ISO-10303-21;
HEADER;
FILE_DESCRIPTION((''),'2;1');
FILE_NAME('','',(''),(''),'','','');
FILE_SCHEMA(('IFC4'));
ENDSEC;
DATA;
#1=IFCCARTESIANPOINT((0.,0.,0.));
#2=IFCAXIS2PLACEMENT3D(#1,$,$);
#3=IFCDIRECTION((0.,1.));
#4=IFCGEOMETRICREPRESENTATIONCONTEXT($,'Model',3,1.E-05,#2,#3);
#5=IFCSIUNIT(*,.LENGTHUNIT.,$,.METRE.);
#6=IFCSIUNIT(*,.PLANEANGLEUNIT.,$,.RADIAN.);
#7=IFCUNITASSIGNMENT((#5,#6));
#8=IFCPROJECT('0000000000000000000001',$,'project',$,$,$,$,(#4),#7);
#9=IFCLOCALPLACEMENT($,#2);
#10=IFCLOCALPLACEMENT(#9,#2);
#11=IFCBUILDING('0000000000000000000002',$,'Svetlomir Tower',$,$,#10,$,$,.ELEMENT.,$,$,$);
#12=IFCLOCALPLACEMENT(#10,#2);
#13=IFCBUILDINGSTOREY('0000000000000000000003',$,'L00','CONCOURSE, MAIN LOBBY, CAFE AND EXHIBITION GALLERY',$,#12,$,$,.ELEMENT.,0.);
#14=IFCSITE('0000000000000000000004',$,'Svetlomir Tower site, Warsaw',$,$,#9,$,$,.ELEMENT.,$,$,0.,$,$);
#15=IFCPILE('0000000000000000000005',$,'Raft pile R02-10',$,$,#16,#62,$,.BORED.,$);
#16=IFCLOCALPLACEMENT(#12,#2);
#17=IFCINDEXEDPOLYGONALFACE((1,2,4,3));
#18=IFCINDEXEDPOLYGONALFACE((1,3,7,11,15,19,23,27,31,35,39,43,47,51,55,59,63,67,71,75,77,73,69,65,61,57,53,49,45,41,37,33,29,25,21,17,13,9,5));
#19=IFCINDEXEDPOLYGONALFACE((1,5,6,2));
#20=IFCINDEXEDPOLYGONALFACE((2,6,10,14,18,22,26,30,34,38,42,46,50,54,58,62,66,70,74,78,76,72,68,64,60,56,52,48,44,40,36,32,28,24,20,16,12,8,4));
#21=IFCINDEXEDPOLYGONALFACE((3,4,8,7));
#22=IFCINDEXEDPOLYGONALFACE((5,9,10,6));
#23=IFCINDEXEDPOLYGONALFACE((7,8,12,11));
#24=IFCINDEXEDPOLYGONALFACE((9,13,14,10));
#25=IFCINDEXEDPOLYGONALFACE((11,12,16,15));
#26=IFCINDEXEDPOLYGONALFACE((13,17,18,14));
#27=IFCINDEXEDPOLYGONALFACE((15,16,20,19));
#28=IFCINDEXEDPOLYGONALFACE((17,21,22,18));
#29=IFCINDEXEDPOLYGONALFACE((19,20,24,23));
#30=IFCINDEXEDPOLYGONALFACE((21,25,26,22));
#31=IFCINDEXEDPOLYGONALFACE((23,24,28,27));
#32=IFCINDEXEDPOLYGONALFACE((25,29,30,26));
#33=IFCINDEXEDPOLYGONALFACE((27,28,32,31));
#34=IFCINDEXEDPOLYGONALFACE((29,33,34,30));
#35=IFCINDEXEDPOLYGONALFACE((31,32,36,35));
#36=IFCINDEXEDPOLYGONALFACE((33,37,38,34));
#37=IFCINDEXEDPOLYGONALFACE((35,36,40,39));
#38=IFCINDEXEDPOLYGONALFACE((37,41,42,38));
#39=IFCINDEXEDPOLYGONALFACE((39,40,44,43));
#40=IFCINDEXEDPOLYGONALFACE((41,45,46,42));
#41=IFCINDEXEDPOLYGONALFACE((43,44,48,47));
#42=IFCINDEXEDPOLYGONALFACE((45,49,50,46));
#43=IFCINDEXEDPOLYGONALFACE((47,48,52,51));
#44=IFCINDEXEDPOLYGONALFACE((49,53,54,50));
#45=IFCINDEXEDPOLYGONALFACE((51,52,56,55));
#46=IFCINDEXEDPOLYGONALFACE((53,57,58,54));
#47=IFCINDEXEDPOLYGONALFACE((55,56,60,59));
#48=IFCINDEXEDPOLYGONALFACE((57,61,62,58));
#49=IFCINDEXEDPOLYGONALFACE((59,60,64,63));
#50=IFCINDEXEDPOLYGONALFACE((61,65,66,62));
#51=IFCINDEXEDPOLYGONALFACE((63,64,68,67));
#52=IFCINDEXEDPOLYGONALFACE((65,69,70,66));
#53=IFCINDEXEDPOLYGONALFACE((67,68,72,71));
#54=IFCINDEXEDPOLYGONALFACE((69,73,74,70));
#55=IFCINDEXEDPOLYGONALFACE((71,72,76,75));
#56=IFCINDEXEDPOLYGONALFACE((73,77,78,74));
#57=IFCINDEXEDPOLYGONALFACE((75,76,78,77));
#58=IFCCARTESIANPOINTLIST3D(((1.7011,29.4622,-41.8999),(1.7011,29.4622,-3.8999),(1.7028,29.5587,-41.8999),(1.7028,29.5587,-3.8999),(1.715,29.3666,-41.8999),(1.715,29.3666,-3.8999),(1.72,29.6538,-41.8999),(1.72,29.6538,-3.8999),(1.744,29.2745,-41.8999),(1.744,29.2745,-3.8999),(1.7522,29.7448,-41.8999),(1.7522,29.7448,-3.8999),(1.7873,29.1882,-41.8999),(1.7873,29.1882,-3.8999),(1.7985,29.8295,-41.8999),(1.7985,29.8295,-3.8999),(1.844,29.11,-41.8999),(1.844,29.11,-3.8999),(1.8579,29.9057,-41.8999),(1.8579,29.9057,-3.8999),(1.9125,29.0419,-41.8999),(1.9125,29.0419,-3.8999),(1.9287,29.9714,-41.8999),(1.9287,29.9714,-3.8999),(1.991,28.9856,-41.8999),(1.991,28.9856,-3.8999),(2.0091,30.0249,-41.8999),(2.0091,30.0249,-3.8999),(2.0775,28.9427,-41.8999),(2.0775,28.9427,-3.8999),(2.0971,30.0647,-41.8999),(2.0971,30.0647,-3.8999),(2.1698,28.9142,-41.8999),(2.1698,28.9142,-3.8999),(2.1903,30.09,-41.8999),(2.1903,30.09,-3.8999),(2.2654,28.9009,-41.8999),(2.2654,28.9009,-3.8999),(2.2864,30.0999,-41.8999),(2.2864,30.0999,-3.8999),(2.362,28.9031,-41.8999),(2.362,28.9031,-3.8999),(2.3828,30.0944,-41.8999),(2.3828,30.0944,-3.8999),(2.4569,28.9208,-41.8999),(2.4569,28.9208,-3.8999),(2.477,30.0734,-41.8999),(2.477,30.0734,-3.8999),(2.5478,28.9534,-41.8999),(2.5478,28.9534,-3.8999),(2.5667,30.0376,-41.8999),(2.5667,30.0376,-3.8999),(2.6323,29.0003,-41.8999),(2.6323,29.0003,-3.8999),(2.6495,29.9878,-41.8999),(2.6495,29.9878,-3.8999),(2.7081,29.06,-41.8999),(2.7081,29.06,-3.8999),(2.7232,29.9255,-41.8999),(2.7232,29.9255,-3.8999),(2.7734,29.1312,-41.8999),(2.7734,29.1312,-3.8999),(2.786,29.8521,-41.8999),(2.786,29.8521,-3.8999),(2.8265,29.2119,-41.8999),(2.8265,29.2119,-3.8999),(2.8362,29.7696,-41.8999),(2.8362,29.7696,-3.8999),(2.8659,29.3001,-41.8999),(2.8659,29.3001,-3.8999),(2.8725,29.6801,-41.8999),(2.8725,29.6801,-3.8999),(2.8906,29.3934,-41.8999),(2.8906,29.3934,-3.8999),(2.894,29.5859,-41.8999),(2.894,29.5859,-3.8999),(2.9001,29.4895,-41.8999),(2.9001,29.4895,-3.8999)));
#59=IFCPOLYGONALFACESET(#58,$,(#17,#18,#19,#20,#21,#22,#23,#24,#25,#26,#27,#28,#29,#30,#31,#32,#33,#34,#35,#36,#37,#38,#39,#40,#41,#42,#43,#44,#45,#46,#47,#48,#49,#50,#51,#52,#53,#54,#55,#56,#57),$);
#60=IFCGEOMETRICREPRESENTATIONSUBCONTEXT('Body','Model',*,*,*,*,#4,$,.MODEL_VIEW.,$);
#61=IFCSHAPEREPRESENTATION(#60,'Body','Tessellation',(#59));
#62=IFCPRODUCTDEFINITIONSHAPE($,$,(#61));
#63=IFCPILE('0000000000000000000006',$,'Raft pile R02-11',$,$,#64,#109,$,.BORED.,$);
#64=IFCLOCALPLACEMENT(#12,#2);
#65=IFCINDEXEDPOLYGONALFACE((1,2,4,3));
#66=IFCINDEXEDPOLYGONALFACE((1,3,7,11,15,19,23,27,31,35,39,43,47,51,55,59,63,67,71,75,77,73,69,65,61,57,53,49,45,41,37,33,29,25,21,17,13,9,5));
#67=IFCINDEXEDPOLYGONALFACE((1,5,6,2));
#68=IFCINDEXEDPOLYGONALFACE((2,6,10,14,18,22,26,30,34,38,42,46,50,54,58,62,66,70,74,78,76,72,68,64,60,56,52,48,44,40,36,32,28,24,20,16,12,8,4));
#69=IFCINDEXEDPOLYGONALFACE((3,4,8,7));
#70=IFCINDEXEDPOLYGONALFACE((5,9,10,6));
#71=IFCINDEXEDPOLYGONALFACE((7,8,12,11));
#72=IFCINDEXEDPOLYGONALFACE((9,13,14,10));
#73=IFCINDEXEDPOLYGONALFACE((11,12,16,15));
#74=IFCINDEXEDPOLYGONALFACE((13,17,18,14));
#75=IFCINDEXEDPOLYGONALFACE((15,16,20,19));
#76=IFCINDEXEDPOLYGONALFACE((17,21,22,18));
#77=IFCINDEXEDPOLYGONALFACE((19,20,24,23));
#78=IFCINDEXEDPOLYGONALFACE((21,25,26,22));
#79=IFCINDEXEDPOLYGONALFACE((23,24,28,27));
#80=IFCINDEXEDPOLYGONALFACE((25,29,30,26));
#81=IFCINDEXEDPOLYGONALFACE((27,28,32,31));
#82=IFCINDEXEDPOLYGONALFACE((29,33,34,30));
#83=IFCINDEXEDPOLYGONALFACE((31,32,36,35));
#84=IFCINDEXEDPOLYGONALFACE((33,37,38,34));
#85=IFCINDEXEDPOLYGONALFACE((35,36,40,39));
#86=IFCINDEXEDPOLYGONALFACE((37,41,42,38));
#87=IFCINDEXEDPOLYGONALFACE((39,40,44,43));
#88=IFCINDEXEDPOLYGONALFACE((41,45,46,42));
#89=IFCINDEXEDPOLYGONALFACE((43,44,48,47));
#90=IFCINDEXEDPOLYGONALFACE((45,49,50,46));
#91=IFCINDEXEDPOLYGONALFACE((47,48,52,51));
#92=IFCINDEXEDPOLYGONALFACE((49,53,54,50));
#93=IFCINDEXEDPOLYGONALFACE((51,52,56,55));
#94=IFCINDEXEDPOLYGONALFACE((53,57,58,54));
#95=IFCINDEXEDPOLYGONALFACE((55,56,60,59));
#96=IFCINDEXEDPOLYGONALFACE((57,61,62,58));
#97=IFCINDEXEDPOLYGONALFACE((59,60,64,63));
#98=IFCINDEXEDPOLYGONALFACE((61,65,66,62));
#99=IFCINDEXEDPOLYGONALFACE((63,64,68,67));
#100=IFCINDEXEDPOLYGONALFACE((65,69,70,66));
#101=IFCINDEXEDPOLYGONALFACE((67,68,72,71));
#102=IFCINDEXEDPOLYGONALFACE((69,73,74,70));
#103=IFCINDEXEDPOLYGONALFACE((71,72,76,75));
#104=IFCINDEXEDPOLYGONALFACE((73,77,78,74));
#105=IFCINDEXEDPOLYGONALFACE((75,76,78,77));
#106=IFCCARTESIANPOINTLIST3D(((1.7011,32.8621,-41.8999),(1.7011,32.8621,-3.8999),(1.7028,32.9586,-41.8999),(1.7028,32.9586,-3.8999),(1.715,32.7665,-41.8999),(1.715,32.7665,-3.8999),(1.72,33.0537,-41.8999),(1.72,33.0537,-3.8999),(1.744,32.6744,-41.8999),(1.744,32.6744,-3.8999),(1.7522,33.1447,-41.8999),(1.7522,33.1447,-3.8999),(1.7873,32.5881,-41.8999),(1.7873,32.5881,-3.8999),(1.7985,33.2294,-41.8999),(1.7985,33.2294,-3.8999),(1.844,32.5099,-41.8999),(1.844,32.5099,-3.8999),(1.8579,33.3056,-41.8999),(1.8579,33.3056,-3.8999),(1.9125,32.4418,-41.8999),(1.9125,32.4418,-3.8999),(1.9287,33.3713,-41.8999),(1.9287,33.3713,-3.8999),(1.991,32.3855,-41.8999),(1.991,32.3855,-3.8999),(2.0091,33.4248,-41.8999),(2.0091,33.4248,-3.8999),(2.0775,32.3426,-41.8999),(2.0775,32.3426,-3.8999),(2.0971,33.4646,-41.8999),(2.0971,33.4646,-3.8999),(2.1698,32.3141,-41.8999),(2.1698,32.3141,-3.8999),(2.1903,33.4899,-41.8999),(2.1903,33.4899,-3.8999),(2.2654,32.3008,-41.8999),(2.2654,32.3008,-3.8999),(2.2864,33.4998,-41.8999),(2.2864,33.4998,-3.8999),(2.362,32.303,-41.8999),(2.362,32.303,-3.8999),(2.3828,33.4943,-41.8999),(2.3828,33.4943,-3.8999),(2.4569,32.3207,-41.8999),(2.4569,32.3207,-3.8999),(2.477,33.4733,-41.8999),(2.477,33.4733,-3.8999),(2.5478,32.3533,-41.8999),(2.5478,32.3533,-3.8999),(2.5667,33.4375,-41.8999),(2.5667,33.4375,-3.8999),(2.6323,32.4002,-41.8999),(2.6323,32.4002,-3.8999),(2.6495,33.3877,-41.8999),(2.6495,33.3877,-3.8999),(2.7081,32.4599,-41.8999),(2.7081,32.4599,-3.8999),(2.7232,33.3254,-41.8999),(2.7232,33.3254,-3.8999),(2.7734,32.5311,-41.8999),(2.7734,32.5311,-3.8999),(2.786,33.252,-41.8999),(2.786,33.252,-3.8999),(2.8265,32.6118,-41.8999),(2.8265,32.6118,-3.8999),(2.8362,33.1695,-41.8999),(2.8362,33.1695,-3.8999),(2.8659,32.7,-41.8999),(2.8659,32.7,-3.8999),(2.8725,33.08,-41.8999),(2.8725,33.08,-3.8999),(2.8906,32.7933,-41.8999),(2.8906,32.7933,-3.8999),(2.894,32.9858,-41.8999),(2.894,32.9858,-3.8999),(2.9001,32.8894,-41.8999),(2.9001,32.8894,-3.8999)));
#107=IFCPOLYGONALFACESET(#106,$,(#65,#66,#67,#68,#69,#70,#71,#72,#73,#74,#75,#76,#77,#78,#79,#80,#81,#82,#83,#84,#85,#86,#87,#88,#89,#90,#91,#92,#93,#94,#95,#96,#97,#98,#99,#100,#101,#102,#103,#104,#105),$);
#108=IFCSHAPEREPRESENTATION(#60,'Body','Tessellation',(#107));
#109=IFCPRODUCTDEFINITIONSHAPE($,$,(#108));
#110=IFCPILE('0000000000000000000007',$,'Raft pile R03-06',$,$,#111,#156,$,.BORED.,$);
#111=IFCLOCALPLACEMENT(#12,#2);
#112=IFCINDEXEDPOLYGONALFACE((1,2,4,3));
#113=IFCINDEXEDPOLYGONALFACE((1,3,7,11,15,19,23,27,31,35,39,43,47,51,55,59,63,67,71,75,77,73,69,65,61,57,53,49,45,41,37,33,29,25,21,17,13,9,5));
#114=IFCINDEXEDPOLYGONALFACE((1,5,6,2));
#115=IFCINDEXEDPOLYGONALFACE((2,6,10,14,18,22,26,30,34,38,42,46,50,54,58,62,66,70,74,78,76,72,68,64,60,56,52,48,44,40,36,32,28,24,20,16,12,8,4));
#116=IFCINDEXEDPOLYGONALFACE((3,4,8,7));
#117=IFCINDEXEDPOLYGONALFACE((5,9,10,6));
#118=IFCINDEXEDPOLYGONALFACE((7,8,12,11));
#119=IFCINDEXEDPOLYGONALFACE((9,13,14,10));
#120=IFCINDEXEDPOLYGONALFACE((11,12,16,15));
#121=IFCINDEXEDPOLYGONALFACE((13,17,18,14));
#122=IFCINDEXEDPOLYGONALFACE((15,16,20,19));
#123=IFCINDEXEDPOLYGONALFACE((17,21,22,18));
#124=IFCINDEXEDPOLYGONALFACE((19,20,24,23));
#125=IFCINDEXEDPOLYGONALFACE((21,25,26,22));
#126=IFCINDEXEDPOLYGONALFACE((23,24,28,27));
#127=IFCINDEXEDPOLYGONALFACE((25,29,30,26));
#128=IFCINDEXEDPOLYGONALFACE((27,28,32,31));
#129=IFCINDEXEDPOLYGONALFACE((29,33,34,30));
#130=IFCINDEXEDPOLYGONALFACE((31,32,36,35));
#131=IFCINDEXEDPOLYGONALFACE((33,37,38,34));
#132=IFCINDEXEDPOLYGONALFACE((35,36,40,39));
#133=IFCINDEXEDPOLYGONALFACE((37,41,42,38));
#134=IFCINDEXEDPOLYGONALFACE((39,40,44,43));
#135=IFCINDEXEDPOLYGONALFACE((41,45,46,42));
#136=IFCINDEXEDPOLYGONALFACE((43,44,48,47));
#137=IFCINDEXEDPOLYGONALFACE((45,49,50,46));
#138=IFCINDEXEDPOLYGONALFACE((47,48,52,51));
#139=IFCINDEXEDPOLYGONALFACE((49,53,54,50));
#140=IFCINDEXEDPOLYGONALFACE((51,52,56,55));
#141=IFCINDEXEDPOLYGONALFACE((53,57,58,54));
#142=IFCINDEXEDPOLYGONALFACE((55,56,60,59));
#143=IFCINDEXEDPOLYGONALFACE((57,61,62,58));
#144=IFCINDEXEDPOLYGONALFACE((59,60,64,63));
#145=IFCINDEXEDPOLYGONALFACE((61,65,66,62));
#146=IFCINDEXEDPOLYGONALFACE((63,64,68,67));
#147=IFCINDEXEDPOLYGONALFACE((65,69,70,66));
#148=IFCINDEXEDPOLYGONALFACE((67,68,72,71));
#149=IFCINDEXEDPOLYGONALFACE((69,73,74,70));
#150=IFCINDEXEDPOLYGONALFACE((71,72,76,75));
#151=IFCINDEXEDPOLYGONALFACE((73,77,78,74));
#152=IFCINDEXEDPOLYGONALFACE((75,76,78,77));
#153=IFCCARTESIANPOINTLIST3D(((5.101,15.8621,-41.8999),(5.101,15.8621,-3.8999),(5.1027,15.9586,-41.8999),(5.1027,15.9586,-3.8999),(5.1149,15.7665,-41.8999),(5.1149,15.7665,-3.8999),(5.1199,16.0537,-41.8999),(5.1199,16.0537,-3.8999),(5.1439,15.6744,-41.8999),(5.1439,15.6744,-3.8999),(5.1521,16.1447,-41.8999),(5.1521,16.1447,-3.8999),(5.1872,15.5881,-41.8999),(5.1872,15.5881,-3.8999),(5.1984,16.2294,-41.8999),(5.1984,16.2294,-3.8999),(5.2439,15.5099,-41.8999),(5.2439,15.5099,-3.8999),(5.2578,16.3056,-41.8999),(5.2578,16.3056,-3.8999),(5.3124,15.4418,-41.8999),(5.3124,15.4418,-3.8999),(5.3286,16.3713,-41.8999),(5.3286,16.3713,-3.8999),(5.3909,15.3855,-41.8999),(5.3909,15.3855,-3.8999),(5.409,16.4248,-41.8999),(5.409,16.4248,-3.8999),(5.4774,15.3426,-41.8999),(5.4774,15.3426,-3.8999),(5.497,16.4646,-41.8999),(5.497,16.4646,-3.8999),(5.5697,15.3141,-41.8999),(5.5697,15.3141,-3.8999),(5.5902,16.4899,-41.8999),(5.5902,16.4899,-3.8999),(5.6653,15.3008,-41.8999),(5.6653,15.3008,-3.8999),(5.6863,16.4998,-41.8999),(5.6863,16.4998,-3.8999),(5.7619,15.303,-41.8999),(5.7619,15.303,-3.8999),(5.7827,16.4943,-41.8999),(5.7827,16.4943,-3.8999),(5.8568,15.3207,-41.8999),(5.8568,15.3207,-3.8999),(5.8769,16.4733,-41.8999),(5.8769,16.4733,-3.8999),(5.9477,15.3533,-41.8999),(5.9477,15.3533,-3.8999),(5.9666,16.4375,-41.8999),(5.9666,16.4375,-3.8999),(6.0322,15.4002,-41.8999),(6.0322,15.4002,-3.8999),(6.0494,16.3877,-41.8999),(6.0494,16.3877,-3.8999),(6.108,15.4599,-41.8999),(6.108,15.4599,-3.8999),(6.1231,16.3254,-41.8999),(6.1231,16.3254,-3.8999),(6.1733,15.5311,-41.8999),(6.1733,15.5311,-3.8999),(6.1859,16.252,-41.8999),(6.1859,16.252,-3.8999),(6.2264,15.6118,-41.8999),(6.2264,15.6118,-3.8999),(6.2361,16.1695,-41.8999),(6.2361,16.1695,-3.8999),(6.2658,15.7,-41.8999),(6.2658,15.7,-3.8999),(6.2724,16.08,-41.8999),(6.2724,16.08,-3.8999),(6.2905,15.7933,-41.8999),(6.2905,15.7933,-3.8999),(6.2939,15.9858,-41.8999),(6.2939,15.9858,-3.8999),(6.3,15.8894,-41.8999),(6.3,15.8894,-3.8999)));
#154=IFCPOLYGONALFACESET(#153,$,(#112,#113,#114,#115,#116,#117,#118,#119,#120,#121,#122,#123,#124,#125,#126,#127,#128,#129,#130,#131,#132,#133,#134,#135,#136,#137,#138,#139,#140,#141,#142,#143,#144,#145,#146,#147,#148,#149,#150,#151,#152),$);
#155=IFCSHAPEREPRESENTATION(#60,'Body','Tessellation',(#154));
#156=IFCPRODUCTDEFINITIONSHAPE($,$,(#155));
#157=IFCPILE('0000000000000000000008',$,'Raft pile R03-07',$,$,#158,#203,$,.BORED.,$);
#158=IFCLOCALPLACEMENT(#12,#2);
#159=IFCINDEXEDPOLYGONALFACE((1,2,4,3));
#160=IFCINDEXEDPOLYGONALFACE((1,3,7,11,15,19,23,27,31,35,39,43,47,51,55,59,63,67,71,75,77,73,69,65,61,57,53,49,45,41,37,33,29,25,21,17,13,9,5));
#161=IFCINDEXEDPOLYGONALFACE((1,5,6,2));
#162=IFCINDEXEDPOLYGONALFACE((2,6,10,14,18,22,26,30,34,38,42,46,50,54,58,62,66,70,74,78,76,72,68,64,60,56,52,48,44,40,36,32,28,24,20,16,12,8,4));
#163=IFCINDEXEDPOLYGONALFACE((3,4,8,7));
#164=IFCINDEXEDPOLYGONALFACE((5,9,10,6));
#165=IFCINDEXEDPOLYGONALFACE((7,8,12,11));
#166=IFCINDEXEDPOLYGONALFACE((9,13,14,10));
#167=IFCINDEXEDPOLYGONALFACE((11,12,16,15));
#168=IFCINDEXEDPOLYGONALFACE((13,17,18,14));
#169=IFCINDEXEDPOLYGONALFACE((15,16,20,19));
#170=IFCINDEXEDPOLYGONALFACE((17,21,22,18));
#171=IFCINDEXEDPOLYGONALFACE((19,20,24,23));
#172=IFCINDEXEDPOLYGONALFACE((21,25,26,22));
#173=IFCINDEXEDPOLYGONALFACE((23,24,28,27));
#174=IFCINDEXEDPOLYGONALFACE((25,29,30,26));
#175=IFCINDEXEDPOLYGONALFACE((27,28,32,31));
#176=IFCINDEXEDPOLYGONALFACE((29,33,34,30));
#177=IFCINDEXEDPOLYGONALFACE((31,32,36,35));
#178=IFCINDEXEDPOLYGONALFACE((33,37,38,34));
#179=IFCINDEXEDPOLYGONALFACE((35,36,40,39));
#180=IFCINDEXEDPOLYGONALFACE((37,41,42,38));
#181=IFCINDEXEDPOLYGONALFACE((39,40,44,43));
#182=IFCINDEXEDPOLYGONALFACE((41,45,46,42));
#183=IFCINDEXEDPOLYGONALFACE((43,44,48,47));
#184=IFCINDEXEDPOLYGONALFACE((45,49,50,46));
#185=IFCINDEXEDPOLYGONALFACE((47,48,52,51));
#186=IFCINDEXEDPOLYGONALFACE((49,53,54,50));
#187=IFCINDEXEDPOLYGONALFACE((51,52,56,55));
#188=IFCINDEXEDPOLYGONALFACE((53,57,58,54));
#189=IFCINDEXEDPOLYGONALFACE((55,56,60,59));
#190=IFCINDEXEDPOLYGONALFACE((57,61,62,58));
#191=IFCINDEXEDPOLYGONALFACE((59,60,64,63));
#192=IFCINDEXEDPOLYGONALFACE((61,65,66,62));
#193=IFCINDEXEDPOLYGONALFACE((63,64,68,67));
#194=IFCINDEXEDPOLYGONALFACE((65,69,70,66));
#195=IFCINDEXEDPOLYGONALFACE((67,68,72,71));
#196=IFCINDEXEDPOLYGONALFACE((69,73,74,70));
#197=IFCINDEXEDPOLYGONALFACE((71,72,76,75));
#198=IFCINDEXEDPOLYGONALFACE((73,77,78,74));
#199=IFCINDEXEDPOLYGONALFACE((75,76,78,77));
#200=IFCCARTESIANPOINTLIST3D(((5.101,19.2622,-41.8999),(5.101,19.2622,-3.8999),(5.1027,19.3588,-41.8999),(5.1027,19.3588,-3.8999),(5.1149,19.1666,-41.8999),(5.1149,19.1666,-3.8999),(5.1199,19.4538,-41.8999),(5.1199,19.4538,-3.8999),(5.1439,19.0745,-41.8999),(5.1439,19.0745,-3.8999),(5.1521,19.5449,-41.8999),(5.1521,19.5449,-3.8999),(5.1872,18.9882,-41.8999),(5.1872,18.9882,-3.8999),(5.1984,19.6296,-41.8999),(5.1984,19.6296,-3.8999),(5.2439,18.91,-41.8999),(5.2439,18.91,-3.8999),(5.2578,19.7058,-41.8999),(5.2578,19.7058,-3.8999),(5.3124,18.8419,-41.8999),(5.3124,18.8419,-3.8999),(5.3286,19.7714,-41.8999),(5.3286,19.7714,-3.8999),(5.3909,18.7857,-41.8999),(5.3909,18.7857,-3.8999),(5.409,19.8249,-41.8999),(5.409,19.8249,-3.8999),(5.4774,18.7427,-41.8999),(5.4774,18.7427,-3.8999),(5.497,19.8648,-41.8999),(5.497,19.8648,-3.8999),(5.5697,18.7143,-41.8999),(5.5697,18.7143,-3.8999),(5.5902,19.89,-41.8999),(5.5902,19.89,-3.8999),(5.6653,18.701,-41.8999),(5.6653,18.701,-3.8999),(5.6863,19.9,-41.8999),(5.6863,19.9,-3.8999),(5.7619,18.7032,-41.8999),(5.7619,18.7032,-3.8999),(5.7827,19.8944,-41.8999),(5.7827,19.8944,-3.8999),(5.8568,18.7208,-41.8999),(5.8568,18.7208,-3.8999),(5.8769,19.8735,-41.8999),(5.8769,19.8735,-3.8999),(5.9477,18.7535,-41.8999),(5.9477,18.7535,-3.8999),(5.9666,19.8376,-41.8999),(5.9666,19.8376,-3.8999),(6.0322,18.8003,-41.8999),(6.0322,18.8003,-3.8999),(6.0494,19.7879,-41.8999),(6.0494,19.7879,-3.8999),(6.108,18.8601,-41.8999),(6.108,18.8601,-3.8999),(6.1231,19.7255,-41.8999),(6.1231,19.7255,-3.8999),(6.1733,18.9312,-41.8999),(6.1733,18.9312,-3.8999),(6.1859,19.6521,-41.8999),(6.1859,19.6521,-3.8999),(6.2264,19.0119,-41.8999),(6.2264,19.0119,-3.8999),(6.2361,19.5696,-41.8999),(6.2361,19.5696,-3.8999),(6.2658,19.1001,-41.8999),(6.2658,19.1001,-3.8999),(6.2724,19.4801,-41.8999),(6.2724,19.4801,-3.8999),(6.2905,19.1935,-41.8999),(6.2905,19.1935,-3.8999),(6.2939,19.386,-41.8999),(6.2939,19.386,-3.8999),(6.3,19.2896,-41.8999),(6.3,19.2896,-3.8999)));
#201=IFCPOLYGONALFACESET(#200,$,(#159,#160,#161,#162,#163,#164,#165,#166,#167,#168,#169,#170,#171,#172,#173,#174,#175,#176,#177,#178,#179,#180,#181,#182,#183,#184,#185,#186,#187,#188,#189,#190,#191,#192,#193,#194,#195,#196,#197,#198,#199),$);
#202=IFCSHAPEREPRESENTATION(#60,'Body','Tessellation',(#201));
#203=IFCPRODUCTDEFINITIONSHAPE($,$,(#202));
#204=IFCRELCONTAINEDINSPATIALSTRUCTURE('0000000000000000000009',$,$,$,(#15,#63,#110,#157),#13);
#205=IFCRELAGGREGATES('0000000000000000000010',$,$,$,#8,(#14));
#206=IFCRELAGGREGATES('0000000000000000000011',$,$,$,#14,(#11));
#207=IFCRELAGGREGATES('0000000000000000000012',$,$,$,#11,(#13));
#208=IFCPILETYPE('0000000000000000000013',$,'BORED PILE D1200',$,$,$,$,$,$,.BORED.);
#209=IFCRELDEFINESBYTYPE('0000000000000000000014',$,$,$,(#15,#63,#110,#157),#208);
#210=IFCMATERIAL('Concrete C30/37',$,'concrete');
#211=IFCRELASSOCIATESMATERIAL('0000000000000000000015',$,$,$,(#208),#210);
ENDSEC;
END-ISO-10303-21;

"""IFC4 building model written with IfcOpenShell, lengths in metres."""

from ifc_helpers import new_model, si_unit, direction, frame, frame_2d, origin, origin_2d, place, context, subcontext, project, spatial, circle, extrude, material, material_profile, profile_set, type_object, element, save


model = new_model("IFC4")

# Units and contexts
model_context = context("Model", 3, precision=1e-05, world=origin(), true_north=direction((0.0, 1.0)))
body_context = subcontext(model_context, "Body", "Model", "MODEL_VIEW")
ifc_project = project(units=[si_unit("LENGTHUNIT", "METRE"), si_unit("PLANEANGLEUNIT", "RADIAN")], contexts=[model_context])

# Site, building, storey
site_placement = place(None, origin())
site = spatial("IfcSite", under=ifc_project, at=site_placement, Name="Svetlomir Tower site, Warsaw", CompositionType="ELEMENT", RefElevation=0.0)
building_placement = place(site_placement, origin())
building = spatial("IfcBuilding", under=site, at=building_placement, Name="Svetlomir Tower", CompositionType="ELEMENT")
storey_placement = place(building_placement, origin())
storey = spatial("IfcBuildingStorey", under=building, at=storey_placement, Name="L00", Description="CONCOURSE, MAIN LOBBY, CAFE AND EXHIBITION GALLERY", CompositionType="ELEMENT", Elevation=0.0)

# Piles
ifc_material_1 = material(Name="Concrete C30/37", Category="concrete")
ifc_material_profile_1 = material_profile(ifc_material_1, circle(Radius=0.6001, at=origin_2d()), Name="D1200")
ifc_profile_set_1 = profile_set([ifc_material_profile_1], Name="Concrete C30/37")
pile_type_1 = type_object("IfcPileType", Name="BORED PILE D1200", PredefinedType="BORED", material=ifc_profile_set_1)
for number, where, z_axis, x_axis, name in (
    (1, (2.3, 29.5, -3.8999), (0.0, 0.0, -1.0), (1.0, 0.0, 0.0), "Raft pile R02-10"),
    (2, (2.3, 32.8999, -3.8999), (0.0, 0.0, -1.0), (1.0, 0.0, 0.0), "Raft pile R02-11"),
    (3, (5.7, 15.8999, -3.8999), (0.0, 0.0, -1.0), (1.0, 0.0, 0.0), "Raft pile R03-06"),
    (4, (5.7, 19.3, -3.8999), (0.0, 0.0, -1.0), (1.0, 0.0, 0.0), "Raft pile R03-07"),
):
    element("IfcPile", number, at=place(storey_placement, frame(where, z_axis=z_axis, x_axis=x_axis)), inside=storey, type_object=pile_type_1, Name=name, PredefinedType="BORED", context=body_context, shape_type="SweptSolid", body=[
        extrude(circle(Radius=0.6001, at=frame_2d((0.0, 0.0), x_axis=(0.999848, 0.017452))), origin(), (0.0, 0.0, 1.0), 38.0),
    ])

save(model, "model.ifc")
